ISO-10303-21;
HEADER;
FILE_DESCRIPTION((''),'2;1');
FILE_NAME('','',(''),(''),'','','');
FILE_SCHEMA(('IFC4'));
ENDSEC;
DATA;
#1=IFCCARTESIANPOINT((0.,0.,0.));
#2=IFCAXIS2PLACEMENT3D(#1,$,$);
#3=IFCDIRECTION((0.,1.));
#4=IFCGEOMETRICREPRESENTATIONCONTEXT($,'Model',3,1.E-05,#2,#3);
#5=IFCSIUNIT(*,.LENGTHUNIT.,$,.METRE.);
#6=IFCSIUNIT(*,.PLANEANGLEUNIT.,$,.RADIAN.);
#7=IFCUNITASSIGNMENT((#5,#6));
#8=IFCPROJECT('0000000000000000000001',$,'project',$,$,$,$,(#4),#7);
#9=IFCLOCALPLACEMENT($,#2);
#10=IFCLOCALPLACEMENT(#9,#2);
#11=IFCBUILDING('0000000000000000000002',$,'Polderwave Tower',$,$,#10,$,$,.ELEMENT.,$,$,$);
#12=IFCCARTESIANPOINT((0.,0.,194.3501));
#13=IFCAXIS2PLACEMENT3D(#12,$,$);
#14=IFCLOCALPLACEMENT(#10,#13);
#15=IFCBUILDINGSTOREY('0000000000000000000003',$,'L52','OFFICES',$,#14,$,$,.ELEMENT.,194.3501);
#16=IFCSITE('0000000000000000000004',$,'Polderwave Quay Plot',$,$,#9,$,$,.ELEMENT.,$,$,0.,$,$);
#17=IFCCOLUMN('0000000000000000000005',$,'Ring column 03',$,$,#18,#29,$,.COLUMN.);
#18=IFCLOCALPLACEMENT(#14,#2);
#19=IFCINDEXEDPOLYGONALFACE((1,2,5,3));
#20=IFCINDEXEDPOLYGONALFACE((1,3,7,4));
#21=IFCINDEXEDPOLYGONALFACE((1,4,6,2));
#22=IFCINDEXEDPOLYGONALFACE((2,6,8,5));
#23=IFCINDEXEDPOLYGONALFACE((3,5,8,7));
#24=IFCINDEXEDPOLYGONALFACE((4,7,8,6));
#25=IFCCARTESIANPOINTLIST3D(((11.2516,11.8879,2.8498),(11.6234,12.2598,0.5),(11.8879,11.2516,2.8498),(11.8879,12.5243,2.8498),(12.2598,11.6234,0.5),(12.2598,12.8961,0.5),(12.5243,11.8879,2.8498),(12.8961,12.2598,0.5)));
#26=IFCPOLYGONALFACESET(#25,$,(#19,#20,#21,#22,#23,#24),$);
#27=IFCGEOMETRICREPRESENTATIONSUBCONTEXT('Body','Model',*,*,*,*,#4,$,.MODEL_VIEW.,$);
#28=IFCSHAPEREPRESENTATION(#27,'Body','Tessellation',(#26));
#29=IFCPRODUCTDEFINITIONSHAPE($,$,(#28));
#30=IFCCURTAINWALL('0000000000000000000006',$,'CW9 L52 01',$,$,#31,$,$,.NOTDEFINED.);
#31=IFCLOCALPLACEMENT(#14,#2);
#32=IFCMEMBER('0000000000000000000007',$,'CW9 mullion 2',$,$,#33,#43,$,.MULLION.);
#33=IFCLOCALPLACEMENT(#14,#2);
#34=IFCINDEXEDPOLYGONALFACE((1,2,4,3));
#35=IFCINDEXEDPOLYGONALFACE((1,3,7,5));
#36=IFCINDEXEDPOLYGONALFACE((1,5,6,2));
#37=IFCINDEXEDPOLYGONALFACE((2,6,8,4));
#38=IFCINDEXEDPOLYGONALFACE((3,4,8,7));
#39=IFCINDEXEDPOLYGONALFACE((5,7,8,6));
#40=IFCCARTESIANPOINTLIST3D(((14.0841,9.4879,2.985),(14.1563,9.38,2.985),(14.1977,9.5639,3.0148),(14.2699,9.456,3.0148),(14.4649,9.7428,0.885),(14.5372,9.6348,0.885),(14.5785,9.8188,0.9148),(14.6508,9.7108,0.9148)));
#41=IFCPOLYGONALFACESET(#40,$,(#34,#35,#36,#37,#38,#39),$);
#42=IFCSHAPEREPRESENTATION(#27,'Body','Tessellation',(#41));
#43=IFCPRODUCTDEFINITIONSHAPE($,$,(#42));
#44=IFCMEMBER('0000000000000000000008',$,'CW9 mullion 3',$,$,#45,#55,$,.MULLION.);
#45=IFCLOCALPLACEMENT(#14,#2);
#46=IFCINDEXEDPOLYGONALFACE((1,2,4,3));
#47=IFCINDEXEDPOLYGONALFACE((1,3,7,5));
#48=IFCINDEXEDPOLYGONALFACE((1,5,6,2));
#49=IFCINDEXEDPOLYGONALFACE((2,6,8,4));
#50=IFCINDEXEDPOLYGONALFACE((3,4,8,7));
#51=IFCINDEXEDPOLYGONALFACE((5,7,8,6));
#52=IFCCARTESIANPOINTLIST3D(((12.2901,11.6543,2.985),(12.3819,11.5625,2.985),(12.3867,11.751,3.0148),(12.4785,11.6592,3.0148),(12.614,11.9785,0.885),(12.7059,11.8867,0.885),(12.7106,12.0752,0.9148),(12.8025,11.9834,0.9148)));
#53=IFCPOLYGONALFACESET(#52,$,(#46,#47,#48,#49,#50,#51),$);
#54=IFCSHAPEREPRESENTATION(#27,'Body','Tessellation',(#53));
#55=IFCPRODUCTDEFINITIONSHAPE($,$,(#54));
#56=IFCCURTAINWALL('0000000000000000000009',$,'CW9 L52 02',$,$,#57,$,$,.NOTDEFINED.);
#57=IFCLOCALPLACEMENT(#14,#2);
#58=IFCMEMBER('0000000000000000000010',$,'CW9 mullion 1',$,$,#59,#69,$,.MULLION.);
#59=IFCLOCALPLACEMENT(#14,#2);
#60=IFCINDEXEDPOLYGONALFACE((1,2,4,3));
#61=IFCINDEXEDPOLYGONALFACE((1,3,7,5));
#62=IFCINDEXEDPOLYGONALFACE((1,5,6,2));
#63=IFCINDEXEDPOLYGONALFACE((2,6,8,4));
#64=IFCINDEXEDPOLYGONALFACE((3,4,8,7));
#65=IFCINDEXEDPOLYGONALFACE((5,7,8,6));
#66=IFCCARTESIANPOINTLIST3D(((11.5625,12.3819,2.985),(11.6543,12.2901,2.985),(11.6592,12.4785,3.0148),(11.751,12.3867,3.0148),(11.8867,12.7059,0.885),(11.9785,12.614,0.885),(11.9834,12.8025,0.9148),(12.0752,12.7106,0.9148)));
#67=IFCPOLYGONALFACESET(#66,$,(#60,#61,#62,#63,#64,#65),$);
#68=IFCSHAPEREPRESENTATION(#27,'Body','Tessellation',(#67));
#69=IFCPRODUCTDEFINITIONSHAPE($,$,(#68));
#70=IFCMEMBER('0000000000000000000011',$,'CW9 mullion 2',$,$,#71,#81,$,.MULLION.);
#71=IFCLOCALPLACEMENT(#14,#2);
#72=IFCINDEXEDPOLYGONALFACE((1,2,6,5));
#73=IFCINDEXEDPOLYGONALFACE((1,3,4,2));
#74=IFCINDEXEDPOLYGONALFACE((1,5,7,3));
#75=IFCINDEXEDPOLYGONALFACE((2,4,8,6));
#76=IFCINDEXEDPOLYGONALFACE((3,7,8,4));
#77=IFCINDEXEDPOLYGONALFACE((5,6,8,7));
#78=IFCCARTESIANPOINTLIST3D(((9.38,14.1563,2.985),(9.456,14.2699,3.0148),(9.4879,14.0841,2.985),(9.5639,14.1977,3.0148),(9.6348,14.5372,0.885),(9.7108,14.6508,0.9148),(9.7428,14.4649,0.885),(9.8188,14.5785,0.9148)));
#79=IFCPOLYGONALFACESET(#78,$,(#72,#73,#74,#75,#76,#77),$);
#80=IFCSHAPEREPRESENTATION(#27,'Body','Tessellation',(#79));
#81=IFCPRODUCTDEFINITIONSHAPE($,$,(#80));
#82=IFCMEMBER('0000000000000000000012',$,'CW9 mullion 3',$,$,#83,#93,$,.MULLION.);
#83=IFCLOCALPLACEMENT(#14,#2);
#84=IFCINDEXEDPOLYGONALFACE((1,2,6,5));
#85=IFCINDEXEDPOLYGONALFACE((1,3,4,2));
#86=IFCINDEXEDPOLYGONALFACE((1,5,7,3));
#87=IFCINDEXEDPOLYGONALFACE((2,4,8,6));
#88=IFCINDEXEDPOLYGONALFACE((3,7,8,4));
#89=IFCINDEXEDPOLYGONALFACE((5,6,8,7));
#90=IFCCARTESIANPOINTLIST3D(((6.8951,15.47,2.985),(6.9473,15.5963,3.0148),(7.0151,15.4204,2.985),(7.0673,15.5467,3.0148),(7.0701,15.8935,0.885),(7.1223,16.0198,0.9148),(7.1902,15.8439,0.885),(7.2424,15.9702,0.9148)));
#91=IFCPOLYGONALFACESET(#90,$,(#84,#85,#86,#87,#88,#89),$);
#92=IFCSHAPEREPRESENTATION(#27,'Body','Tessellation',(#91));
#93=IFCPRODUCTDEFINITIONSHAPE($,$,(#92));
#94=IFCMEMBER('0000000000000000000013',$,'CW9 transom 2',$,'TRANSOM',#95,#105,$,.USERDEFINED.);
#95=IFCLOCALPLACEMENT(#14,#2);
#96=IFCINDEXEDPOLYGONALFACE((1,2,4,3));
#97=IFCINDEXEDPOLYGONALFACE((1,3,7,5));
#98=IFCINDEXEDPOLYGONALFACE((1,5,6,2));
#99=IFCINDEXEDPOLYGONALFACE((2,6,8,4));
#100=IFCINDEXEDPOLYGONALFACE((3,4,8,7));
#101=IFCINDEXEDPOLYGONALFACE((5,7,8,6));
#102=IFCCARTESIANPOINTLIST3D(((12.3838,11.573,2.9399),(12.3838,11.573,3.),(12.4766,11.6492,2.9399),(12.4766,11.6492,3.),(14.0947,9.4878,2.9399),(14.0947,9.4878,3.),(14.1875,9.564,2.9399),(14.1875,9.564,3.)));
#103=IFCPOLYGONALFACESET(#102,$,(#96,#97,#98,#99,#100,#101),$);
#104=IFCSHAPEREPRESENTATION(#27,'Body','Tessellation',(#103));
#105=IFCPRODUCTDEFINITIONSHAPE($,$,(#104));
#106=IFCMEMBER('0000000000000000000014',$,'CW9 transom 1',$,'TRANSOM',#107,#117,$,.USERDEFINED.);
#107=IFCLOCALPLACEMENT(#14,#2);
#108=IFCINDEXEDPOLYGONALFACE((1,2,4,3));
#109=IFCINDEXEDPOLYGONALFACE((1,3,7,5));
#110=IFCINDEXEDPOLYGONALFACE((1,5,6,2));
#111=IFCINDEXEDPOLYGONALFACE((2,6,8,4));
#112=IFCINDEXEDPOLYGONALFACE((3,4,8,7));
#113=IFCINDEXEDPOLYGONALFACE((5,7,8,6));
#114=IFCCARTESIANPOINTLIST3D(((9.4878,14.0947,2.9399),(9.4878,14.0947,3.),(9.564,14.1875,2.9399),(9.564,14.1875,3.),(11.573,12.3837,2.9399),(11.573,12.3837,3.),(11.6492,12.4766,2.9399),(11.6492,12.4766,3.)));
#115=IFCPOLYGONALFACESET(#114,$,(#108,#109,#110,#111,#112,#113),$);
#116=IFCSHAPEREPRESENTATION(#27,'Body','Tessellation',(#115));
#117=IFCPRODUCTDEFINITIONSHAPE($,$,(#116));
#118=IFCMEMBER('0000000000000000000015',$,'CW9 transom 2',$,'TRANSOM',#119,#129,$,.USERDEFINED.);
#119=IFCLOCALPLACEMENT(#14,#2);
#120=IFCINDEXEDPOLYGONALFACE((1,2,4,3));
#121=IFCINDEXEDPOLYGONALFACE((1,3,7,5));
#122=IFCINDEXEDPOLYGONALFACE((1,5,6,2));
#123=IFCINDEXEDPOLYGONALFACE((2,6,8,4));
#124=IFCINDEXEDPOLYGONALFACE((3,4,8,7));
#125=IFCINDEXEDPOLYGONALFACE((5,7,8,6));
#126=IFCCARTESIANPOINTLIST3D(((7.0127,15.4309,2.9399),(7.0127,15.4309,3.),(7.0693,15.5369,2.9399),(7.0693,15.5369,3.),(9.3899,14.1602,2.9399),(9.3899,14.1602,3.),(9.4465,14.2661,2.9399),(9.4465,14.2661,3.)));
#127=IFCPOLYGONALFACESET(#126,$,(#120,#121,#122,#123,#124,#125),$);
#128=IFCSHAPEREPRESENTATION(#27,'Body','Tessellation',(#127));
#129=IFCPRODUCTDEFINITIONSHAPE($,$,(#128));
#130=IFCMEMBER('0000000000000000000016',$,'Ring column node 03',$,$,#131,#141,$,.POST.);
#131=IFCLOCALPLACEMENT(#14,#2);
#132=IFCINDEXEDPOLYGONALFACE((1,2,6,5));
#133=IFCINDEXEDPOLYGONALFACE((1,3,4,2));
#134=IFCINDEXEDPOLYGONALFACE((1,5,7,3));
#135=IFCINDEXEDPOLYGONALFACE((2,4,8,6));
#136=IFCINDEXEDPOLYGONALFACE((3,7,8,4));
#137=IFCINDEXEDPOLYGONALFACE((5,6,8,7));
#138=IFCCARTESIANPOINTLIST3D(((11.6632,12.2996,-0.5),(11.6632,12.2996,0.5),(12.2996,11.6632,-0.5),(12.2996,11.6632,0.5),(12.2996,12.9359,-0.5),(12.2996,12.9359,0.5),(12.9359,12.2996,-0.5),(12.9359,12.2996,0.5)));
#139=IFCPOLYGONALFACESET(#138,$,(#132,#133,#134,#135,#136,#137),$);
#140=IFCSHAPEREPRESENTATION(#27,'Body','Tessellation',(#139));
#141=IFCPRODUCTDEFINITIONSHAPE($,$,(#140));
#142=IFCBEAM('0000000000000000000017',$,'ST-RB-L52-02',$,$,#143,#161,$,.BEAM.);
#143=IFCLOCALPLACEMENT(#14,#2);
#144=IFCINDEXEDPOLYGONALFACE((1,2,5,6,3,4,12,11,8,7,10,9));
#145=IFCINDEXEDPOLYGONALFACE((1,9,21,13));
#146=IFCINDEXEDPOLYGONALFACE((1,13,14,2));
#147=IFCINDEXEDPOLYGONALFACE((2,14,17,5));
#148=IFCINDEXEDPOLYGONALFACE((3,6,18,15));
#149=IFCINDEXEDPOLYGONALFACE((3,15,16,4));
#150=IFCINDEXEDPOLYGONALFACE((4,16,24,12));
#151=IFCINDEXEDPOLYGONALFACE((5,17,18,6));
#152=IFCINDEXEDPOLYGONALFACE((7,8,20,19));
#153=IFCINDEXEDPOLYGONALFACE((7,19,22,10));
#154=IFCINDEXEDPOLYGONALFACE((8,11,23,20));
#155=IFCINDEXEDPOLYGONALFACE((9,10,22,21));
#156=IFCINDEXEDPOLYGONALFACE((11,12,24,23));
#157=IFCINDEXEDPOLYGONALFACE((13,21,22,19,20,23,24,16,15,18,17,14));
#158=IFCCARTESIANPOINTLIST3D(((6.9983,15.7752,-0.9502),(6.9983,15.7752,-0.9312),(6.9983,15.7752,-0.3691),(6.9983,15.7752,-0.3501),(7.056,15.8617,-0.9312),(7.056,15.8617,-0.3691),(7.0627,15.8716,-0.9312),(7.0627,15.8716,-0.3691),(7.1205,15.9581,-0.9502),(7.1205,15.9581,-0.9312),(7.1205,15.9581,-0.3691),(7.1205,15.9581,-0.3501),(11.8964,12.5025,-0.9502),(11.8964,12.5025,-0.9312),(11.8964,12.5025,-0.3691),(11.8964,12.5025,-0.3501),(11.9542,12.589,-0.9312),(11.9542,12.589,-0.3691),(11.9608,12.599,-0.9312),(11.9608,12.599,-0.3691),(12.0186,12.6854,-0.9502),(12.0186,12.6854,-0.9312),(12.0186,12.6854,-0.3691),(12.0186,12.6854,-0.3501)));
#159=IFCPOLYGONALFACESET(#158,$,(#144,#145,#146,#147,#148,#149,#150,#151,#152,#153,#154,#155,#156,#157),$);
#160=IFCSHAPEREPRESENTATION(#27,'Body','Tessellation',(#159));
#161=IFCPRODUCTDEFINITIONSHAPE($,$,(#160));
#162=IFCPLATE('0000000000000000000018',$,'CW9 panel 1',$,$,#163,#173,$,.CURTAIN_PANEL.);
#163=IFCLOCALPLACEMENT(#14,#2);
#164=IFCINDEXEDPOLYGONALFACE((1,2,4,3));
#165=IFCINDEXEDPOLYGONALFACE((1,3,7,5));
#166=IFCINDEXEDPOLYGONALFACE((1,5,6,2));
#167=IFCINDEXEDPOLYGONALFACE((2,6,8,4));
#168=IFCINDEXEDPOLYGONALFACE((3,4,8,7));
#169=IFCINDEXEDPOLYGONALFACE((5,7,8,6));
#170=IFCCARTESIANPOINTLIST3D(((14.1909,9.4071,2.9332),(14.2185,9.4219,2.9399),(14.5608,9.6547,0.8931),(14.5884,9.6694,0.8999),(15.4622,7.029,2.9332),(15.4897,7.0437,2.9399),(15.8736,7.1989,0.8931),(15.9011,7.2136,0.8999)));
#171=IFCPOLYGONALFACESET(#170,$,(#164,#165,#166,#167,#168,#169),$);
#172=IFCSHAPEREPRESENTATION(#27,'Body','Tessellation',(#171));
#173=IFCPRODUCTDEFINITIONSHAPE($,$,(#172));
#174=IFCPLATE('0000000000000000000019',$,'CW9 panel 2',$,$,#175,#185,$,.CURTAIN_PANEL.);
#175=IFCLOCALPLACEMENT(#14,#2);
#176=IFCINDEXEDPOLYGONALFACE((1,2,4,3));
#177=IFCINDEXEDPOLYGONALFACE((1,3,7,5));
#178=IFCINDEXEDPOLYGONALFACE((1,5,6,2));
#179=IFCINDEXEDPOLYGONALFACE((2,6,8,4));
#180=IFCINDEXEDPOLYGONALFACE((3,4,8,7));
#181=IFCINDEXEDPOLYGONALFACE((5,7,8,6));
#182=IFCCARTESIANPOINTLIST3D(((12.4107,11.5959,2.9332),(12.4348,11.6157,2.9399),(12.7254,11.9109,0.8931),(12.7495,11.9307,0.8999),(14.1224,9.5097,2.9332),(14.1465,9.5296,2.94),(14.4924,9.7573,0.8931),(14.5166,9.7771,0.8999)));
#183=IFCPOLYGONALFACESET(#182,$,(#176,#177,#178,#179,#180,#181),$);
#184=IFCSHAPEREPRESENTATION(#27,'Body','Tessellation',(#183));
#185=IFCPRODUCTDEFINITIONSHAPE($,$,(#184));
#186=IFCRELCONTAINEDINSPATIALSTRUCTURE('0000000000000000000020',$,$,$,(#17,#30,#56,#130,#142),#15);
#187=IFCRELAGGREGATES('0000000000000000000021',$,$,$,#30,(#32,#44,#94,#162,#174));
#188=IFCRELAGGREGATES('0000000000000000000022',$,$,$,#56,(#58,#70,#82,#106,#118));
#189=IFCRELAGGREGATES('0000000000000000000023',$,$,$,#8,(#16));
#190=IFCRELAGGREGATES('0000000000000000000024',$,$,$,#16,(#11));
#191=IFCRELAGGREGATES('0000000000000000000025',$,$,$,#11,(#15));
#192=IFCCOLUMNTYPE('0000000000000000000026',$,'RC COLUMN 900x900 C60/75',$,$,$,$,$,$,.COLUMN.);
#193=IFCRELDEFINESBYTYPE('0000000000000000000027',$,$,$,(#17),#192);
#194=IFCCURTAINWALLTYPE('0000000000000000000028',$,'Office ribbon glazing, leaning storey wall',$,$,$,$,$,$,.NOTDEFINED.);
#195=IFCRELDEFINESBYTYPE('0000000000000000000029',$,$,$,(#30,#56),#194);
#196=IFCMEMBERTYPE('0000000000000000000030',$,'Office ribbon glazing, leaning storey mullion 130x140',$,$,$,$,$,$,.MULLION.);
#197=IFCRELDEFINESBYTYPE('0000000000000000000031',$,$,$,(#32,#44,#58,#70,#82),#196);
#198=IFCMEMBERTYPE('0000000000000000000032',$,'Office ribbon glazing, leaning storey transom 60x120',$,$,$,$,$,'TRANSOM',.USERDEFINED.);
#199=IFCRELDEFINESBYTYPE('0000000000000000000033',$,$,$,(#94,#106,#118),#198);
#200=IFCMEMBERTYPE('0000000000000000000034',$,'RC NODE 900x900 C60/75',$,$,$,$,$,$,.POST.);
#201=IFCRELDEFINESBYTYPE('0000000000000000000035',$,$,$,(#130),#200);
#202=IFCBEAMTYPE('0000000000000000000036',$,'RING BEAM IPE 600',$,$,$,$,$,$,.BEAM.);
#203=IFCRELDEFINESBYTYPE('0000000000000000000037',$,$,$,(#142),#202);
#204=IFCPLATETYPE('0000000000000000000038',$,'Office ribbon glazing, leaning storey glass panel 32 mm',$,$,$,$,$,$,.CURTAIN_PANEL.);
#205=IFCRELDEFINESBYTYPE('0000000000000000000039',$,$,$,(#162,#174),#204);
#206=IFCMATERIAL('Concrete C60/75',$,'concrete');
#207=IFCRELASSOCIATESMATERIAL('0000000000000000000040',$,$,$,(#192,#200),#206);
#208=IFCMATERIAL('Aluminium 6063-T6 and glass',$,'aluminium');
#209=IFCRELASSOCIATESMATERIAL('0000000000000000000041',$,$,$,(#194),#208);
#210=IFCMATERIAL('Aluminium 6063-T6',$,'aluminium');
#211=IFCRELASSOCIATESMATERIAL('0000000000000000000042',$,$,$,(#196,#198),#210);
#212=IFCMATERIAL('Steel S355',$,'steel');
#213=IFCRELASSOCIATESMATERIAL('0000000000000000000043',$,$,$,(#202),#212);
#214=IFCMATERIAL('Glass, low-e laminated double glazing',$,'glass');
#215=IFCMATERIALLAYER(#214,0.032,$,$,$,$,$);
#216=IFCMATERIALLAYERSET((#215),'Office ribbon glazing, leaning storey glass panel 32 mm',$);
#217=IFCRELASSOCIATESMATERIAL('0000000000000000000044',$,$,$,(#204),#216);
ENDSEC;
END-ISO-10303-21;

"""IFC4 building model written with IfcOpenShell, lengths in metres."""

from ifc_helpers import new_model, si_unit, direction, frame, origin, origin_2d, place, context, subcontext, project, spatial, polyline, rectangle, i_section, outline, extrude, material, layer, layer_set, material_profile, profile_set, type_object, element, aggregate, save


model = new_model("IFC4")

# Units and contexts
model_context = context("Model", 3, precision=1e-05, world=origin(), true_north=direction((0.0, 1.0)))
body_context = subcontext(model_context, "Body", "Model", "MODEL_VIEW")
ifc_project = project(units=[si_unit("LENGTHUNIT", "METRE"), si_unit("PLANEANGLEUNIT", "RADIAN")], contexts=[model_context])

# Site, building, storey
site_placement = place(None, origin())
site = spatial("IfcSite", under=ifc_project, at=site_placement, Name="Polderwave Quay Plot", CompositionType="ELEMENT", RefElevation=0.0)
building_placement = place(site_placement, origin())
building = spatial("IfcBuilding", under=site, at=building_placement, Name="Polderwave Tower", CompositionType="ELEMENT")
storey_placement = place(building_placement, frame((0.0, 0.0, 194.3501)))
storey = spatial("IfcBuildingStorey", under=building, at=storey_placement, Name="L52", Description="OFFICES", CompositionType="ELEMENT", Elevation=194.3501)

# Column
ifc_material_1 = material(Name="Concrete C60/75", Category="concrete")
ifc_material_profile_1 = material_profile(ifc_material_1, rectangle(XDim=0.8999, YDim=0.8999, at=origin_2d()), Name="RC 900x900")
ifc_profile_set_1 = profile_set([ifc_material_profile_1], Name="Concrete C60/75")
column_type = type_object("IfcColumnType", Name="RC COLUMN 900x900 C60/75", PredefinedType="COLUMN", material=ifc_profile_set_1)
column_placement = place(storey_placement, frame((12.2598, 12.2598, 0.5), z_axis=(0.0, 0.0, 1.0), x_axis=(0.707107, -0.707107, 0.0)))
element("IfcColumn", 1, at=column_placement, inside=storey, type_object=column_type, Name="Ring column 03", PredefinedType="COLUMN", context=body_context, shape_type="SweptSolid", body=[
    extrude(rectangle(XDim=0.8999, YDim=0.8999, at=origin_2d()), origin(), (0.0, -0.218375, 0.975865), 2.408),
])

# Curtain walls, members
ifc_material_2 = material(Name="Aluminium 6063-T6 and glass", Category="aluminium")
curtain_wall_type = type_object("IfcCurtainWallType", Name="Office ribbon glazing, leaning storey wall", PredefinedType="NOTDEFINED", material=ifc_material_2)
curtain_wall_1_placement = place(storey_placement, origin())
curtain_wall_1 = element("IfcCurtainWall", 2, at=curtain_wall_1_placement, inside=storey, type_object=curtain_wall_type, Name="CW9 L52 01", PredefinedType="NOTDEFINED")
ifc_material_3 = material(Name="Aluminium 6063-T6", Category="aluminium")
ifc_material_profile_2 = material_profile(ifc_material_3, rectangle(XDim=0.1299, YDim=0.1399, at=origin_2d()), Name="AL 130x140")
ifc_profile_set_2 = profile_set([ifc_material_profile_2], Name="Aluminium 6063-T6")
member_type_1 = type_object("IfcMemberType", Name="Office ribbon glazing, leaning storey mullion 130x140", PredefinedType="MULLION", material=ifc_profile_set_2)
member_1_placement = place(storey_placement, frame((14.5579, 9.7268, 0.8999), z_axis=(-0.177184, -0.118577, 0.977008), x_axis=(0.556175, -0.831065, 0.0)))
member_1 = element("IfcMember", 3, at=member_1_placement, type_object=member_type_1, Name="CW9 mullion 2", PredefinedType="MULLION", context=body_context, shape_type="SweptSolid", body=[
    extrude(rectangle(XDim=0.1299, YDim=0.1399, at=origin_2d()), origin(), (0.0, 0.0, 1.0), 2.1494),
])
member_2_placement = place(storey_placement, frame((12.7083, 11.981, 0.8999), z_axis=(-0.150719, -0.150832, 0.977002), x_axis=(0.707373, -0.70684, 0.0)))
member_2 = element("IfcMember", 4, at=member_2_placement, type_object=member_type_1, Name="CW9 mullion 3", PredefinedType="MULLION", context=body_context, shape_type="SweptSolid", body=[
    extrude(rectangle(XDim=0.1299, YDim=0.1399, at=origin_2d()), origin(), (0.0, 0.0, 1.0), 2.1494),
])
curtain_wall_2_placement = place(storey_placement, origin())
curtain_wall_2 = element("IfcCurtainWall", 5, at=curtain_wall_2_placement, inside=storey, type_object=curtain_wall_type, Name="CW9 L52 02", PredefinedType="NOTDEFINED")
member_3_placement = place(storey_placement, frame((11.981, 12.7083, 0.8999), z_axis=(-0.150832, -0.150719, 0.977002), x_axis=(0.70684, -0.707373, 0.0)))
member_3 = element("IfcMember", 6, at=member_3_placement, type_object=member_type_1, Name="CW9 mullion 1", PredefinedType="MULLION", context=body_context, shape_type="SweptSolid", body=[
    extrude(rectangle(XDim=0.1299, YDim=0.1399, at=origin_2d()), origin(), (0.0, 0.0, 1.0), 2.1494),
])
member_4_placement = place(storey_placement, frame((9.7268, 14.5579, 0.8999), z_axis=(-0.118577, -0.177184, 0.977008), x_axis=(0.831065, -0.556175, 0.0)))
member_4 = element("IfcMember", 7, at=member_4_placement, type_object=member_type_1, Name="CW9 mullion 2", PredefinedType="MULLION", context=body_context, shape_type="SweptSolid", body=[
    extrude(rectangle(XDim=0.1299, YDim=0.1399, at=origin_2d()), origin(), (0.0, 0.0, 1.0), 2.1494),
])
member_5_placement = place(storey_placement, frame((7.1562, 15.9319, 0.8999), z_axis=(-0.081436, -0.197059, 0.977004), x_axis=(0.924192, -0.381928, 0.0)))
member_5 = element("IfcMember", 8, at=member_5_placement, type_object=member_type_1, Name="CW9 mullion 3", PredefinedType="MULLION", context=body_context, shape_type="SweptSolid", body=[
    extrude(rectangle(XDim=0.1299, YDim=0.1399, at=origin_2d()), origin(), (0.0, 0.0, 1.0), 2.1494),
])

# Members
ifc_material_profile_3 = material_profile(ifc_material_3, rectangle(XDim=0.1201, YDim=0.0601, at=origin_2d()), Name="AL 60x120")
ifc_profile_set_3 = profile_set([ifc_material_profile_3], Name="Aluminium 6063-T6")
member_type_2 = type_object("IfcMemberType", Name="Office ribbon glazing, leaning storey transom 60x120", ElementType="TRANSOM", PredefinedType="USERDEFINED", material=ifc_profile_set_3)
member_6_placement = place(storey_placement, frame((14.1411, 9.5259, 2.97), z_axis=(-0.634317, 0.773073, 0.0), x_axis=(-0.773073, -0.634317, 0.0)))
member_6 = element("IfcMember", 9, at=member_6_placement, type_object=member_type_2, Name="CW9 transom 2", ObjectType="TRANSOM", PredefinedType="USERDEFINED", context=body_context, shape_type="SweptSolid", body=[
    extrude(rectangle(XDim=0.1201, YDim=0.0601, at=origin_2d()), origin(), (0.0, 0.0, 1.0), 2.6973),
])
member_7_placement = place(storey_placement, frame((11.6111, 12.4302, 2.97), z_axis=(-0.773073, 0.634317, 0.0), x_axis=(-0.634317, -0.773073, 0.0)))
member_7 = element("IfcMember", 10, at=member_7_placement, type_object=member_type_2, Name="CW9 transom 1", ObjectType="TRANSOM", PredefinedType="USERDEFINED", context=body_context, shape_type="SweptSolid", body=[
    extrude(rectangle(XDim=0.1201, YDim=0.0601, at=origin_2d()), origin(), (0.0, 0.0, 1.0), 2.6973),
])
member_8_placement = place(storey_placement, frame((9.4182, 14.2131, 2.97), z_axis=(-0.881904, 0.471429, 0.0), x_axis=(-0.471429, -0.881904, 0.0)))
member_8 = element("IfcMember", 11, at=member_8_placement, type_object=member_type_2, Name="CW9 transom 2", ObjectType="TRANSOM", PredefinedType="USERDEFINED", context=body_context, shape_type="SweptSolid", body=[
    extrude(rectangle(XDim=0.1201, YDim=0.0601, at=origin_2d()), origin(), (0.0, 0.0, 1.0), 2.6956),
])
ifc_material_profile_4 = material_profile(ifc_material_1, rectangle(XDim=0.8999, YDim=0.8999, at=origin_2d()), Name="RC 900x900")
ifc_profile_set_4 = profile_set([ifc_material_profile_4], Name="Concrete C60/75")
member_type_3 = type_object("IfcMemberType", Name="RC NODE 900x900 C60/75", PredefinedType="POST", material=ifc_profile_set_4)
member_9_placement = place(storey_placement, frame((12.2996, 12.2996, -0.5), z_axis=(0.0, 0.0, 1.0), x_axis=(0.707107, 0.707107, 0.0)))
element("IfcMember", 12, at=member_9_placement, inside=storey, type_object=member_type_3, Name="Ring column node 03", PredefinedType="POST", context=body_context, shape_type="SweptSolid", body=[
    extrude(rectangle(XDim=0.8999, YDim=0.8999, at=origin_2d()), origin(), (0.0, 0.0, 1.0), 1.0),
])

# Beam
ifc_material_4 = material(Name="Steel S355", Category="steel")
ifc_material_profile_5 = material_profile(ifc_material_4, i_section(OverallWidth=0.22, OverallDepth=0.6001, WebThickness=0.012, FlangeThickness=0.019, at=origin_2d()), Name="IPE 600")
ifc_profile_set_5 = profile_set([ifc_material_profile_5], Name="Steel S355")
beam_type = type_object("IfcBeamType", Name="RING BEAM IPE 600", PredefinedType="BEAM", material=ifc_profile_set_5)
beam_placement = place(storey_placement, frame((11.9575, 12.594, -0.6501), z_axis=(-0.831482, 0.555551, 0.0), x_axis=(-0.555551, -0.831482, 0.0)))
element("IfcBeam", 13, at=beam_placement, inside=storey, type_object=beam_type, Name="ST-RB-L52-02", PredefinedType="BEAM", context=body_context, shape_type="SweptSolid", body=[
    extrude(i_section(OverallWidth=0.22, OverallDepth=0.6001, WebThickness=0.012, FlangeThickness=0.019, at=origin_2d()), origin(), (0.0, 0.0, 1.0), 5.8909),
])

# Plates
ifc_material_5 = material(Name="Glass, low-e laminated double glazing", Category="glass")
ifc_layer_1 = layer(ifc_material_5, 0.032)
ifc_layer_set_1 = layer_set([ifc_layer_1], Name="Office ribbon glazing, leaning storey glass panel 32 mm")
plate_type = type_object("IfcPlateType", Name="Office ribbon glazing, leaning storey glass panel 32 mm", PredefinedType="CURTAIN_PANEL", material=ifc_layer_set_1)
plate_1_placement = place(storey_placement, frame((15.9011, 7.2136, 0.8999), z_axis=(0.861832, 0.460688, 0.212161), x_axis=(-0.47142, 0.881909, 0.0)))
plate_1 = element("IfcPlate", 14, at=plate_1_placement, type_object=plate_type, Name="CW9 panel 1", PredefinedType="CURTAIN_PANEL", context=body_context, shape_type="SweptSolid", body=[
    extrude(outline(polyline([(0.0, 0.0), (2.7847, 0.0), (2.7407, 2.0876), (0.0441, 2.0876), (0.0, 0.0)])), origin(), (0.0, 0.0, -1.0), 0.032),
])
plate_2_placement = place(storey_placement, frame((14.5166, 9.7771, 0.8999), z_axis=(0.755459, 0.619862, 0.212256), x_axis=(-0.634317, 0.773073, 0.000004)))
plate_2 = element("IfcPlate", 15, at=plate_2_placement, type_object=plate_type, Name="CW9 panel 2", PredefinedType="CURTAIN_PANEL", context=body_context, shape_type="SweptSolid", body=[
    extrude(outline(polyline([(0.0, 0.0), (2.7858, 0.0), (2.7419, 2.0876), (0.0434, 2.0876), (0.0, 0.0)])), origin(), (0.0, 0.0, -1.0), 0.032),
])
aggregate(curtain_wall_1, [member_1, member_2, member_6, plate_1, plate_2])
aggregate(curtain_wall_2, [member_3, member_4, member_5, member_7, member_8])

save(model, "model.ifc")
